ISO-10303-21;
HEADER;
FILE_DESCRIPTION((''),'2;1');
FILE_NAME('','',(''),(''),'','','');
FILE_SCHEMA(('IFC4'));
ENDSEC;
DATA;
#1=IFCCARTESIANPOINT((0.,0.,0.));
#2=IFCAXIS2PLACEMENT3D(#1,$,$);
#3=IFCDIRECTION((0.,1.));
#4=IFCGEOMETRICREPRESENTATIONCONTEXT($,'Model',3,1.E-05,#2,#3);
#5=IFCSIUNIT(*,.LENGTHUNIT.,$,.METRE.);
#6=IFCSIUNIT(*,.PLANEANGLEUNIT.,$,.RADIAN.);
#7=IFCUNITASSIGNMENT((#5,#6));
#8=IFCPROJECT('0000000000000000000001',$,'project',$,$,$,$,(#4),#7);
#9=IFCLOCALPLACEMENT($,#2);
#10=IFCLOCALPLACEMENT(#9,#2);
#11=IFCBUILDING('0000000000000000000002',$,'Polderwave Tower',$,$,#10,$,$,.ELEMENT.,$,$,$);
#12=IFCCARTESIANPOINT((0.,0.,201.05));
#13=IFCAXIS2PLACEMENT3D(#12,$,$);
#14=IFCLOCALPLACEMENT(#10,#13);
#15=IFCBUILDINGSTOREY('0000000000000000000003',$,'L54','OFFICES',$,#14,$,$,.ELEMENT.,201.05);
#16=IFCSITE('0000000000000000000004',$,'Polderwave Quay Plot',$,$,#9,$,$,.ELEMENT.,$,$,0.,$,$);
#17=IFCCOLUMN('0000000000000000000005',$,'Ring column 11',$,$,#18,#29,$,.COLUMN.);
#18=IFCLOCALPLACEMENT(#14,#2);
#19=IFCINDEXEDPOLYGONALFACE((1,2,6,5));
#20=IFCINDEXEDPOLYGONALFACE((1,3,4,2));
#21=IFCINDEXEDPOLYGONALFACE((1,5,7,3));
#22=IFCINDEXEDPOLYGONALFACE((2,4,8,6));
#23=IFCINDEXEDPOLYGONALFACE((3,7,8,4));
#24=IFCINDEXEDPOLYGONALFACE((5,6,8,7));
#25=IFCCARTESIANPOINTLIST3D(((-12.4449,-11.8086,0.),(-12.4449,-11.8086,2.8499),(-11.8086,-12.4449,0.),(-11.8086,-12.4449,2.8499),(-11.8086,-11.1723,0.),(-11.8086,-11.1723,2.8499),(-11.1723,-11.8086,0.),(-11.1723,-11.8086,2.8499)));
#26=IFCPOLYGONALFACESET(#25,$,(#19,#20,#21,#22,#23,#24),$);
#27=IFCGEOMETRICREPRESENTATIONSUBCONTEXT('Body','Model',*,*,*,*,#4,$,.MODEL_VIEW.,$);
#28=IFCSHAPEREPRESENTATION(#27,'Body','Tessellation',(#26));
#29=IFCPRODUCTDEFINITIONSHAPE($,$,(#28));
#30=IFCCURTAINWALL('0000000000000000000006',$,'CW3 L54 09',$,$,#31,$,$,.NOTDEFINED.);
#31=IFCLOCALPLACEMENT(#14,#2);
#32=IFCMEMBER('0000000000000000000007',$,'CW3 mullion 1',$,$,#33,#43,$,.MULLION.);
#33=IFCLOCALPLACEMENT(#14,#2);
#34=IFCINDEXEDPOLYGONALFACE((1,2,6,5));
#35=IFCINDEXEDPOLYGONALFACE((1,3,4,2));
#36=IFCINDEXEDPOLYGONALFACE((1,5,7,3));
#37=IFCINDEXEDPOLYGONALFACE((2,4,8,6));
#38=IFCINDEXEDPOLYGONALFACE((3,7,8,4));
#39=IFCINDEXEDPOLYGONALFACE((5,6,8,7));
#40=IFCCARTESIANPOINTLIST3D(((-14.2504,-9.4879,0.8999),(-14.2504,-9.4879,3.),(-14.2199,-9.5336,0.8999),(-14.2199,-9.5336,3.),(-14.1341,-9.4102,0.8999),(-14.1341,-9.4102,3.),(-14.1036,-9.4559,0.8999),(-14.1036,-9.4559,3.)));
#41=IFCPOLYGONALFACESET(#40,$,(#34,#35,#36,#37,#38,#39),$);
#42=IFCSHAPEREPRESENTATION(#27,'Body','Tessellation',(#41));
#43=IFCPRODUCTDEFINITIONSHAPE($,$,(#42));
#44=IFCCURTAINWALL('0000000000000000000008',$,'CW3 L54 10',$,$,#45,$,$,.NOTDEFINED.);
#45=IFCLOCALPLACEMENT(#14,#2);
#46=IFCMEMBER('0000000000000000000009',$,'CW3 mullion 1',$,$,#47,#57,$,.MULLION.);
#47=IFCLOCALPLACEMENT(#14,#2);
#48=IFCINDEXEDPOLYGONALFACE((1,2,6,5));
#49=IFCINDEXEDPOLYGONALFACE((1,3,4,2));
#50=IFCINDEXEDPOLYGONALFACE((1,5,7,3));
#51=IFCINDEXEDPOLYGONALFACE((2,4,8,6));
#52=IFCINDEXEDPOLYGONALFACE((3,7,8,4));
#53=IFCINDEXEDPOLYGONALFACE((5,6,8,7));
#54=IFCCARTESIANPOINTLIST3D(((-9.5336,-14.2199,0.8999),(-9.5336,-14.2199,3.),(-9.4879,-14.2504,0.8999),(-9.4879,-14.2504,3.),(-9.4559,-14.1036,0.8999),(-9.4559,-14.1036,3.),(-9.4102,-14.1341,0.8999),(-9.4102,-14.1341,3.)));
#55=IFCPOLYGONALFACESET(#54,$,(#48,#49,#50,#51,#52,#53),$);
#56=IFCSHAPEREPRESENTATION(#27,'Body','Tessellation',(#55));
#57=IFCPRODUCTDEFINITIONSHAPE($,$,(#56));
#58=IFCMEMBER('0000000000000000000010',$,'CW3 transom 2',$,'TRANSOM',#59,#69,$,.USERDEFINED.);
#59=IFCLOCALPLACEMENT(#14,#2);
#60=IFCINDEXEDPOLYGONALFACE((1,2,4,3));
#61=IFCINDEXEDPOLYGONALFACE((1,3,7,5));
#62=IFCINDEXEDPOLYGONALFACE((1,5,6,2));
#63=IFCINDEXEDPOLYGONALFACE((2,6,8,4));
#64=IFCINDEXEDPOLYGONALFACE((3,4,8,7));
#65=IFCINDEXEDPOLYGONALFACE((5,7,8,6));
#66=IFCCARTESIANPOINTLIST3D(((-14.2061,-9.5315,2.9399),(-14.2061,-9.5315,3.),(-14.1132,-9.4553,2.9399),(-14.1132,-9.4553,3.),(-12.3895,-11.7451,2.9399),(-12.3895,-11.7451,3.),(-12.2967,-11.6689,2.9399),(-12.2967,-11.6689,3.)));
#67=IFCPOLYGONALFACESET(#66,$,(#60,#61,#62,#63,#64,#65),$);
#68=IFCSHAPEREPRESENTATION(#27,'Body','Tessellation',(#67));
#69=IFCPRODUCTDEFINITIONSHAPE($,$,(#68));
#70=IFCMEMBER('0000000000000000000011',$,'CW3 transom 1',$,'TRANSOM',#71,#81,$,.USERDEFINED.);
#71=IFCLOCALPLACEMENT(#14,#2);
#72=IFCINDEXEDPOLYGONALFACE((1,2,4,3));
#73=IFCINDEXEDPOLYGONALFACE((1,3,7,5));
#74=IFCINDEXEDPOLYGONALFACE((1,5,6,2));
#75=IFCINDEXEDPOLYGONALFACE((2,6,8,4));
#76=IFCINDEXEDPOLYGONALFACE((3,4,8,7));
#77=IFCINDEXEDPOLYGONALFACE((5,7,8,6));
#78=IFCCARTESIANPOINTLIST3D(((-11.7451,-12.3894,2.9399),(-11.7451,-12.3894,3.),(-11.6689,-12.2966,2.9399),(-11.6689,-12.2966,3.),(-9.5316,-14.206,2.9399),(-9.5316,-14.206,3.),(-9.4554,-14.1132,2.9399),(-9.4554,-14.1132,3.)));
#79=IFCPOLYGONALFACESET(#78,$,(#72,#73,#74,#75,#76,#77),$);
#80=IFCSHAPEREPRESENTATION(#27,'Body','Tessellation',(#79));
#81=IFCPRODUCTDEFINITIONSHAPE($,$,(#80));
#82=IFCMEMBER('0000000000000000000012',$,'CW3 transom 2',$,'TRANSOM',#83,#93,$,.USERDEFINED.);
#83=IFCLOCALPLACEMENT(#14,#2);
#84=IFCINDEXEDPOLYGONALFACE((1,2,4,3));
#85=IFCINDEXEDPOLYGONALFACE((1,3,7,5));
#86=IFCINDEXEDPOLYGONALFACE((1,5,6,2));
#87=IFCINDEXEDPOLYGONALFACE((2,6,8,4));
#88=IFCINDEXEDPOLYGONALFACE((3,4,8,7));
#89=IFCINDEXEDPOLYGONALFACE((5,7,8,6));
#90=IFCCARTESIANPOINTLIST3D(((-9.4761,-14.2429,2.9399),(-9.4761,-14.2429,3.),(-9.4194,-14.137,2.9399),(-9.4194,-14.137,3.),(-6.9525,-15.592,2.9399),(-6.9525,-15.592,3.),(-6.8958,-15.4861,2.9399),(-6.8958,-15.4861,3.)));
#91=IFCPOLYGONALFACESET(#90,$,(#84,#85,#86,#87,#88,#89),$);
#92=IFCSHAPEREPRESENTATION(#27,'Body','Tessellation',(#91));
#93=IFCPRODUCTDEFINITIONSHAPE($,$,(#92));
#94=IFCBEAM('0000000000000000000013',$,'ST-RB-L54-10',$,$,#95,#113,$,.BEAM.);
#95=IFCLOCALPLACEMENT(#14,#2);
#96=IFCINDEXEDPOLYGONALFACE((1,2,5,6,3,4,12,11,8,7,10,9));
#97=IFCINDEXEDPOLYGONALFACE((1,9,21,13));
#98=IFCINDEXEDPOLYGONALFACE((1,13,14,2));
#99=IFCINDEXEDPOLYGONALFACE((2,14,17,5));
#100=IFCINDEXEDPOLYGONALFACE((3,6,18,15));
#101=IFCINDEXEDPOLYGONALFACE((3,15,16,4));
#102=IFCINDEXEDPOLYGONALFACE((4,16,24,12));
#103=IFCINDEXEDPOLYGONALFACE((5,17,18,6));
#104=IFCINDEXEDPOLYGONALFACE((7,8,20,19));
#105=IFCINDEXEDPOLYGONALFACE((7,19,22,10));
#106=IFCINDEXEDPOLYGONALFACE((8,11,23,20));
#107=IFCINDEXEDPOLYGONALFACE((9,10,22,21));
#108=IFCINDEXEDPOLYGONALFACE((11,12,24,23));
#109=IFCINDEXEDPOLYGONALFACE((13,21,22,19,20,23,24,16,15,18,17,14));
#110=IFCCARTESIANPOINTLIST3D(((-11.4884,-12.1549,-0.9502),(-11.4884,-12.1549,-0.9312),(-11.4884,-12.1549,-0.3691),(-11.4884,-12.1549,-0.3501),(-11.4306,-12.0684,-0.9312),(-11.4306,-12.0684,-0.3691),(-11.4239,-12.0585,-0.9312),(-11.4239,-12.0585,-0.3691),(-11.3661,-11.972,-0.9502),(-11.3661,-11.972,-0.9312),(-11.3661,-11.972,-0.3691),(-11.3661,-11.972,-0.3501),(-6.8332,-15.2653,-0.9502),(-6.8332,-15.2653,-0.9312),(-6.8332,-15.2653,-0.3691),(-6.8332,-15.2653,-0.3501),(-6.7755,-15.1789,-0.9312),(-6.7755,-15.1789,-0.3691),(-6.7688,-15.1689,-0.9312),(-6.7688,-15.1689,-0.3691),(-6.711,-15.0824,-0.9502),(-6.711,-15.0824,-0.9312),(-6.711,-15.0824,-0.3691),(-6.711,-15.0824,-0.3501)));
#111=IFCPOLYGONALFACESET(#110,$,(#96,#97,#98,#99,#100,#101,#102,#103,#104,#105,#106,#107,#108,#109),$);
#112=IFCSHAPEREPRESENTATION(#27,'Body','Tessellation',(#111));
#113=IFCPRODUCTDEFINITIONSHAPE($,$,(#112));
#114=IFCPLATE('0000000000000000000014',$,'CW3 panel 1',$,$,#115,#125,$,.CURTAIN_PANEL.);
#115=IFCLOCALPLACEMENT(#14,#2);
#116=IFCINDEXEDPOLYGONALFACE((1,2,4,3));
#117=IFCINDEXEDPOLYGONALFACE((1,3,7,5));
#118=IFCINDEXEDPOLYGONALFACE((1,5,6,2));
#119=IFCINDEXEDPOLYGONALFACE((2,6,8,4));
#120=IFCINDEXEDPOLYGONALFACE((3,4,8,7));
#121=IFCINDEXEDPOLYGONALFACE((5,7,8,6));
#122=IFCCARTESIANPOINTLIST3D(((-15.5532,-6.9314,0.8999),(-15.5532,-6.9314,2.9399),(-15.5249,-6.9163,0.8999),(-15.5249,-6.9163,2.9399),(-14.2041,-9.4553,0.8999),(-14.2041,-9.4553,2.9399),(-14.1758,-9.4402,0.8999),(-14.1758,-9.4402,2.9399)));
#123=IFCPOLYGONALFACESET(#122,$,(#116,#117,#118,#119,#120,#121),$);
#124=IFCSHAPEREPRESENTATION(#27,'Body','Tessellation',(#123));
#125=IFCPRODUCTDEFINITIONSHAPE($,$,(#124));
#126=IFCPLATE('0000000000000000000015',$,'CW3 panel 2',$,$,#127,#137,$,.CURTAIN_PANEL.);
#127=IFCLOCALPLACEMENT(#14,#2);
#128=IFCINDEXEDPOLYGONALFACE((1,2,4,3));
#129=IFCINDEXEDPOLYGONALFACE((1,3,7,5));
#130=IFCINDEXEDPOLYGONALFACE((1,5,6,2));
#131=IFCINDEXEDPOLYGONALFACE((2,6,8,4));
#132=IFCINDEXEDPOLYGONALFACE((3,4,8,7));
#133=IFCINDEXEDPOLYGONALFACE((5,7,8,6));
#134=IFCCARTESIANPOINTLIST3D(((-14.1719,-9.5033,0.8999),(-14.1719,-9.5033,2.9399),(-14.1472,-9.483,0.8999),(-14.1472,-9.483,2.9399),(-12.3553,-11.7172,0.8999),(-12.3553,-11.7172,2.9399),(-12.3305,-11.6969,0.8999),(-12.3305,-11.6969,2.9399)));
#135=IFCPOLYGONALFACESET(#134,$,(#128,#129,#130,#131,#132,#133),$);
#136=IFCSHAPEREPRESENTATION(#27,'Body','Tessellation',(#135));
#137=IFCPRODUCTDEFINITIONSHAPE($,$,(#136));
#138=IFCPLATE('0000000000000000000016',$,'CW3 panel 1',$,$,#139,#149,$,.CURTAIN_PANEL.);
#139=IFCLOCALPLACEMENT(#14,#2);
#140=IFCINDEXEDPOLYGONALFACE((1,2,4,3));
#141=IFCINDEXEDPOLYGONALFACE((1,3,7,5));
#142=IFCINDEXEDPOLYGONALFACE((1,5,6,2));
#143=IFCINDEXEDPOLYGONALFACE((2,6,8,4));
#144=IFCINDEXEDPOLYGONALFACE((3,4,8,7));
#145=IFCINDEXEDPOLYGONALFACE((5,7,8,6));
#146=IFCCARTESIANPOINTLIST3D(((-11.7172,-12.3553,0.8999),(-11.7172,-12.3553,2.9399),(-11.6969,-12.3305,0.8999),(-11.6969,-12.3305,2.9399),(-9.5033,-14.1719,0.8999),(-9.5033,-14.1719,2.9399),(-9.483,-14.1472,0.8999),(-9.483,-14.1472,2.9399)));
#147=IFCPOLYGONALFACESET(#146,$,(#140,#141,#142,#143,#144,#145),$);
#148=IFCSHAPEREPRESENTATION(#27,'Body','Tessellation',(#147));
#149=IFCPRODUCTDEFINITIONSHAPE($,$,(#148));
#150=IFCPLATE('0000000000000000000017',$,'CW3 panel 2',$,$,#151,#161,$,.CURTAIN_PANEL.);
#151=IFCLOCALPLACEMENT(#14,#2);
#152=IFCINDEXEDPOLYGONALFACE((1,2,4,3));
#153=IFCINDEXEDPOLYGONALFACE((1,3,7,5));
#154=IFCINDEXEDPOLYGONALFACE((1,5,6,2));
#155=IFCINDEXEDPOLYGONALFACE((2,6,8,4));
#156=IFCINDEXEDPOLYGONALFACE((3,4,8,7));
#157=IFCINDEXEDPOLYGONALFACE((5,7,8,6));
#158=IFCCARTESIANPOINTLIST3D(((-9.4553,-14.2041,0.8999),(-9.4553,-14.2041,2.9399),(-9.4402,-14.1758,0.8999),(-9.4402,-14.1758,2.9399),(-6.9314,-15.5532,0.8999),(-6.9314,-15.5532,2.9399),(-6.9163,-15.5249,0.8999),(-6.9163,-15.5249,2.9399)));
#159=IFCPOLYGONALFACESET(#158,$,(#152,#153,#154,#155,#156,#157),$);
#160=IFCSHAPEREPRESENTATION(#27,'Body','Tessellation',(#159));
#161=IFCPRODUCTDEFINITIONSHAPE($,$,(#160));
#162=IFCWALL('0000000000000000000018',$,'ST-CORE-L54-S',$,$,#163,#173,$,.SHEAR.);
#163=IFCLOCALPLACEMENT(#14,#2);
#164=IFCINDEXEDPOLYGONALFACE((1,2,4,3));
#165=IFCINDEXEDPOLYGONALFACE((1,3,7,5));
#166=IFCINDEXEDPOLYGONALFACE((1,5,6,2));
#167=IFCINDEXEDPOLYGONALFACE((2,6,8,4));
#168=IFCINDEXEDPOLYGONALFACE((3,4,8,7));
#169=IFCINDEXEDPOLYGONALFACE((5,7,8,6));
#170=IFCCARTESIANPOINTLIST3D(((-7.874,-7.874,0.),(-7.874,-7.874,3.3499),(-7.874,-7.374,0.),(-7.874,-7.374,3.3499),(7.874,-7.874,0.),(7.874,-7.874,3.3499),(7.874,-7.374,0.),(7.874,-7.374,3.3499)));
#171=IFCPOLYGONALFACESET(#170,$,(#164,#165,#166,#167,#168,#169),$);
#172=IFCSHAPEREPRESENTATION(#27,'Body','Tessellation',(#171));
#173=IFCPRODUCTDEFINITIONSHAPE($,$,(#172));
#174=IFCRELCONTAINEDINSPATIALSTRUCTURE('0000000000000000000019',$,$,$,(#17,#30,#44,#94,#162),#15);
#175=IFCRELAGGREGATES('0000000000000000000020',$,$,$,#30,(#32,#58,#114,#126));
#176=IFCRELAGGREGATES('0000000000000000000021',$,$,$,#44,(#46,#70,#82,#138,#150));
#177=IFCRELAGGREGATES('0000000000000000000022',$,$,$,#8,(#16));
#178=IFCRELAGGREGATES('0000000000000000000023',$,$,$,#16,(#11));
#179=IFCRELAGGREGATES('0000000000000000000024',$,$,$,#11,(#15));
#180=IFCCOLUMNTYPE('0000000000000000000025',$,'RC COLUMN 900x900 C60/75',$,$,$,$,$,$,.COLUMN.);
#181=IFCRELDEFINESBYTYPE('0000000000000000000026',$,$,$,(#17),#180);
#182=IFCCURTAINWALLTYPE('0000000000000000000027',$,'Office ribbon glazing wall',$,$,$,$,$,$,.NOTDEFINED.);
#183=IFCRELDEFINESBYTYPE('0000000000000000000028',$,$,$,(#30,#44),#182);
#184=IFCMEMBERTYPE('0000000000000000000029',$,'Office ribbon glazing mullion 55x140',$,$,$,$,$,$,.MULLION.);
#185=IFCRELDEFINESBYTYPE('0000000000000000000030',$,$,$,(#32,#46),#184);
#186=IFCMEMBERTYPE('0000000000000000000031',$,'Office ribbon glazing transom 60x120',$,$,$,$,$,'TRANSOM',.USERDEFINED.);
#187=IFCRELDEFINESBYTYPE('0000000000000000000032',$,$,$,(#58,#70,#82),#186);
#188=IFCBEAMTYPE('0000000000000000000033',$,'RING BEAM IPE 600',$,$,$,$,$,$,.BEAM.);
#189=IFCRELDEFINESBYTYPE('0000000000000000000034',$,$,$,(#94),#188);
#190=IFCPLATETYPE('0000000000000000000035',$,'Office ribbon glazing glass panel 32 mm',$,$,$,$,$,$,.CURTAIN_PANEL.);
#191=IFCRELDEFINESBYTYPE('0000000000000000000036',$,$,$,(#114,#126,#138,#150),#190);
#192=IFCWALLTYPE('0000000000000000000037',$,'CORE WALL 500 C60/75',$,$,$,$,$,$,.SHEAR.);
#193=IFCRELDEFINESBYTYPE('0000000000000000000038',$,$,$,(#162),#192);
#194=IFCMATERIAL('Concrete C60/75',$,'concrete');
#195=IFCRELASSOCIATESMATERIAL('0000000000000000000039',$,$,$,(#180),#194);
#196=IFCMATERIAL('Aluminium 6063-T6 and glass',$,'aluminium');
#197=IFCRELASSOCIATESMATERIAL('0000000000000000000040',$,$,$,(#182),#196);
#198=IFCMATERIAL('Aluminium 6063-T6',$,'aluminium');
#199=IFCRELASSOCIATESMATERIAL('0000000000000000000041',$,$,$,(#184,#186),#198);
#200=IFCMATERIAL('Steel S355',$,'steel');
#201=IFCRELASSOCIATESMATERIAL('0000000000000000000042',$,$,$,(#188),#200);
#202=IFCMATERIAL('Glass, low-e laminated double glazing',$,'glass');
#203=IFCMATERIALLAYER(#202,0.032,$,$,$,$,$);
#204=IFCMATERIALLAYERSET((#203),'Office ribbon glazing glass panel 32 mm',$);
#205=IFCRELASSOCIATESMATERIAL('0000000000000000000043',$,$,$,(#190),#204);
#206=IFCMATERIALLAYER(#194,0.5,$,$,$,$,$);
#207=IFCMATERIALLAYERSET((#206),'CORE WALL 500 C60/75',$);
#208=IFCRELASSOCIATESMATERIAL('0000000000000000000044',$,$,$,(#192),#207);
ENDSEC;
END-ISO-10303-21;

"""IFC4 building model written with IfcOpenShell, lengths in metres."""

from ifc_helpers import new_model, si_unit, direction, frame, frame_2d, origin, origin_2d, place, context, subcontext, project, spatial, rectangle, i_section, extrude, material, layer, layer_set, material_profile, profile_set, type_object, element, aggregate, save


model = new_model("IFC4")

# Units and contexts
model_context = context("Model", 3, precision=1e-05, world=origin(), true_north=direction((0.0, 1.0)))
body_context = subcontext(model_context, "Body", "Model", "MODEL_VIEW")
ifc_project = project(units=[si_unit("LENGTHUNIT", "METRE"), si_unit("PLANEANGLEUNIT", "RADIAN")], contexts=[model_context])

# Site, building, storey
site_placement = place(None, origin())
site = spatial("IfcSite", under=ifc_project, at=site_placement, Name="Polderwave Quay Plot", CompositionType="ELEMENT", RefElevation=0.0)
building_placement = place(site_placement, origin())
building = spatial("IfcBuilding", under=site, at=building_placement, Name="Polderwave Tower", CompositionType="ELEMENT")
storey_placement = place(building_placement, frame((0.0, 0.0, 201.05)))
storey = spatial("IfcBuildingStorey", under=building, at=storey_placement, Name="L54", Description="OFFICES", CompositionType="ELEMENT", Elevation=201.05)

# Column
ifc_material_1 = material(Name="Concrete C60/75", Category="concrete")
ifc_material_profile_1 = material_profile(ifc_material_1, rectangle(XDim=0.8999, YDim=0.8999, at=origin_2d()), Name="RC 900x900")
ifc_profile_set_1 = profile_set([ifc_material_profile_1], Name="Concrete C60/75")
column_type = type_object("IfcColumnType", Name="RC COLUMN 900x900 C60/75", PredefinedType="COLUMN", material=ifc_profile_set_1)
column_placement = place(storey_placement, frame((-11.8086, -11.8086, 0.0), z_axis=(0.0, 0.0, 1.0), x_axis=(-0.707107, -0.707107, 0.0)))
element("IfcColumn", 1, at=column_placement, inside=storey, type_object=column_type, Name="Ring column 11", PredefinedType="COLUMN", context=body_context, shape_type="SweptSolid", body=[
    extrude(rectangle(XDim=0.8999, YDim=0.8999, at=origin_2d()), origin(), (0.0, 0.0, 1.0), 2.8499),
])

# Curtain walls, members
ifc_material_2 = material(Name="Aluminium 6063-T6 and glass", Category="aluminium")
curtain_wall_type = type_object("IfcCurtainWallType", Name="Office ribbon glazing wall", PredefinedType="NOTDEFINED", material=ifc_material_2)
curtain_wall_1_placement = place(storey_placement, origin())
curtain_wall_1 = element("IfcCurtainWall", 2, at=curtain_wall_1_placement, inside=storey, type_object=curtain_wall_type, Name="CW3 L54 09", PredefinedType="NOTDEFINED")
ifc_material_3 = material(Name="Aluminium 6063-T6", Category="aluminium")
ifc_material_profile_2 = material_profile(ifc_material_3, rectangle(XDim=0.1399, YDim=0.0549, at=origin_2d()), Name="AL 55x140")
ifc_profile_set_2 = profile_set([ifc_material_profile_2], Name="Aluminium 6063-T6")
member_type_1 = type_object("IfcMemberType", Name="Office ribbon glazing mullion 55x140", PredefinedType="MULLION", material=ifc_profile_set_2)
member_1_placement = place(storey_placement, frame((-14.177, -9.4719, 0.8999), z_axis=(0.0, 0.0, 1.0), x_axis=(0.83148, 0.555554, 0.0)))
member_1 = element("IfcMember", 3, at=member_1_placement, type_object=member_type_1, Name="CW3 mullion 1", PredefinedType="MULLION", context=body_context, shape_type="SweptSolid", body=[
    extrude(rectangle(XDim=0.1399, YDim=0.0549, at=origin_2d()), origin(), (0.0, 0.0, 1.0), 2.1001),
])
curtain_wall_2_placement = place(storey_placement, origin())
curtain_wall_2 = element("IfcCurtainWall", 4, at=curtain_wall_2_placement, inside=storey, type_object=curtain_wall_type, Name="CW3 L54 10", PredefinedType="NOTDEFINED")
member_2_placement = place(storey_placement, frame((-9.4719, -14.177, 0.8999), z_axis=(0.0, 0.0, 1.0), x_axis=(0.555554, 0.83148, 0.0)))
member_2 = element("IfcMember", 5, at=member_2_placement, type_object=member_type_1, Name="CW3 mullion 1", PredefinedType="MULLION", context=body_context, shape_type="SweptSolid", body=[
    extrude(rectangle(XDim=0.1399, YDim=0.0549, at=origin_2d()), origin(), (0.0, 0.0, 1.0), 2.1001),
])

# Members
ifc_material_profile_3 = material_profile(ifc_material_3, rectangle(XDim=0.1201, YDim=0.0601, at=origin_2d()), Name="AL 60x120")
ifc_profile_set_3 = profile_set([ifc_material_profile_3], Name="Aluminium 6063-T6")
member_type_2 = type_object("IfcMemberType", Name="Office ribbon glazing transom 60x120", ElementType="TRANSOM", PredefinedType="USERDEFINED", material=ifc_profile_set_3)
member_3_placement = place(storey_placement, frame((-14.1597, -9.4934, 2.97), z_axis=(0.634388, -0.773014, 0.0), x_axis=(0.773014, 0.634388, 0.0)))
member_3 = element("IfcMember", 6, at=member_3_placement, type_object=member_type_2, Name="CW3 transom 2", ObjectType="TRANSOM", PredefinedType="USERDEFINED", context=body_context, shape_type="SweptSolid", body=[
    extrude(rectangle(XDim=0.1201, YDim=0.0601, at=origin_2d()), origin(), (0.0, 0.0, 1.0), 2.8635),
])
member_4_placement = place(storey_placement, frame((-11.707, -12.343, 2.97), z_axis=(0.773014, -0.634388, 0.0), x_axis=(0.634388, 0.773014, 0.0)))
member_4 = element("IfcMember", 7, at=member_4_placement, type_object=member_type_2, Name="CW3 transom 1", ObjectType="TRANSOM", PredefinedType="USERDEFINED", context=body_context, shape_type="SweptSolid", body=[
    extrude(rectangle(XDim=0.1201, YDim=0.0601, at=origin_2d()), origin(), (0.0, 0.0, 1.0), 2.8635),
])
member_5_placement = place(storey_placement, frame((-9.4478, -14.1899, 2.97), z_axis=(0.881894, -0.471447, 0.0), x_axis=(0.471447, 0.881894, 0.0)))
member_5 = element("IfcMember", 8, at=member_5_placement, type_object=member_type_2, Name="CW3 transom 2", ObjectType="TRANSOM", PredefinedType="USERDEFINED", context=body_context, shape_type="SweptSolid", body=[
    extrude(rectangle(XDim=0.1201, YDim=0.0601, at=origin_2d()), origin(), (0.0, 0.0, 1.0), 2.8616),
])

# Beam
ifc_material_4 = material(Name="Steel S355", Category="steel")
ifc_material_profile_4 = material_profile(ifc_material_4, i_section(OverallWidth=0.22, OverallDepth=0.6001, WebThickness=0.012, FlangeThickness=0.019, at=origin_2d()), Name="IPE 600")
ifc_profile_set_4 = profile_set([ifc_material_profile_4], Name="Steel S355")
beam_type = type_object("IfcBeamType", Name="RING BEAM IPE 600", PredefinedType="BEAM", material=ifc_profile_set_4)
beam_placement = place(storey_placement, frame((-11.4272, -12.0635, -0.6501), z_axis=(0.831473, -0.555565, 0.0), x_axis=(0.555565, 0.831473, 0.0)))
element("IfcBeam", 9, at=beam_placement, inside=storey, type_object=beam_type, Name="ST-RB-L54-10", PredefinedType="BEAM", context=body_context, shape_type="SweptSolid", body=[
    extrude(i_section(OverallWidth=0.22, OverallDepth=0.6001, WebThickness=0.012, FlangeThickness=0.019, at=origin_2d()), origin(), (0.0, 0.0, 1.0), 5.5986),
])

# Plates
ifc_material_5 = material(Name="Glass, low-e laminated double glazing", Category="glass")
ifc_layer_1 = layer(ifc_material_5, 0.032)
ifc_layer_set_1 = layer_set([ifc_layer_1], Name="Office ribbon glazing glass panel 32 mm")
plate_type = type_object("IfcPlateType", Name="Office ribbon glazing glass panel 32 mm", PredefinedType="CURTAIN_PANEL", material=ifc_layer_set_1)
plate_1_placement = place(storey_placement, frame((-14.8645, -8.1858, 0.8999), z_axis=(0.0, 0.0, 1.0), x_axis=(0.471414, -0.881912, 0.0)))
plate_1 = element("IfcPlate", 10, at=plate_1_placement, type_object=plate_type, Name="CW3 panel 1", PredefinedType="CURTAIN_PANEL", context=body_context, shape_type="SweptSolid", body=[
    extrude(rectangle(XDim=2.8618, YDim=0.032, at=origin_2d()), origin(), (0.0, 0.0, 1.0), 2.04),
])
plate_2_placement = place(storey_placement, frame((-13.2512, -10.6001, 0.8999), z_axis=(0.0, 0.0, 1.0), x_axis=(0.634349, -0.773047, 0.0)))
plate_2 = element("IfcPlate", 11, at=plate_2_placement, type_object=plate_type, Name="CW3 panel 2", PredefinedType="CURTAIN_PANEL", context=body_context, shape_type="SweptSolid", body=[
    extrude(rectangle(XDim=2.8638, YDim=0.032, at=origin_2d()), origin(), (0.0, 0.0, 1.0), 2.04),
])
aggregate(curtain_wall_1, [member_1, member_3, plate_1, plate_2])
plate_3_placement = place(storey_placement, frame((-10.6001, -13.2512, 0.8999), z_axis=(0.0, 0.0, 1.0), x_axis=(0.773047, -0.634349, 0.0)))
plate_3 = element("IfcPlate", 12, at=plate_3_placement, type_object=plate_type, Name="CW3 panel 1", PredefinedType="CURTAIN_PANEL", context=body_context, shape_type="SweptSolid", body=[
    extrude(rectangle(XDim=2.8638, YDim=0.032, at=origin_2d()), origin(), (0.0, 0.0, 1.0), 2.04),
])
plate_4_placement = place(storey_placement, frame((-8.1858, -14.8645, 0.8999), z_axis=(0.0, 0.0, 1.0), x_axis=(0.881912, -0.471414, 0.0)))
plate_4 = element("IfcPlate", 13, at=plate_4_placement, type_object=plate_type, Name="CW3 panel 2", PredefinedType="CURTAIN_PANEL", context=body_context, shape_type="SweptSolid", body=[
    extrude(rectangle(XDim=2.8618, YDim=0.032, at=origin_2d()), origin(), (0.0, 0.0, 1.0), 2.04),
])
aggregate(curtain_wall_2, [member_2, member_4, member_5, plate_3, plate_4])

# Wall
ifc_layer_2 = layer(ifc_material_1, 0.5)
ifc_layer_set_2 = layer_set([ifc_layer_2], Name="CORE WALL 500 C60/75")
wall_type_1 = type_object("IfcWallType", Name="CORE WALL 500 C60/75", PredefinedType="SHEAR", material=ifc_layer_set_2)
wall_1_placement = place(storey_placement, frame((-7.874, -7.624, 0.0), z_axis=(0.0, 0.0, 1.0), x_axis=(1.0, 0.0, 0.0)))
element("IfcWall", 14, at=wall_1_placement, inside=storey, type_object=wall_type_1, Name="ST-CORE-L54-S", PredefinedType="SHEAR", context=body_context, shape_type="SweptSolid", body=[
    extrude(rectangle(XDim=15.748, YDim=0.5, at=frame_2d((7.874, 0.0))), origin(), (0.0, 0.0, 1.0), 3.3499),
])

save(model, "model.ifc")
